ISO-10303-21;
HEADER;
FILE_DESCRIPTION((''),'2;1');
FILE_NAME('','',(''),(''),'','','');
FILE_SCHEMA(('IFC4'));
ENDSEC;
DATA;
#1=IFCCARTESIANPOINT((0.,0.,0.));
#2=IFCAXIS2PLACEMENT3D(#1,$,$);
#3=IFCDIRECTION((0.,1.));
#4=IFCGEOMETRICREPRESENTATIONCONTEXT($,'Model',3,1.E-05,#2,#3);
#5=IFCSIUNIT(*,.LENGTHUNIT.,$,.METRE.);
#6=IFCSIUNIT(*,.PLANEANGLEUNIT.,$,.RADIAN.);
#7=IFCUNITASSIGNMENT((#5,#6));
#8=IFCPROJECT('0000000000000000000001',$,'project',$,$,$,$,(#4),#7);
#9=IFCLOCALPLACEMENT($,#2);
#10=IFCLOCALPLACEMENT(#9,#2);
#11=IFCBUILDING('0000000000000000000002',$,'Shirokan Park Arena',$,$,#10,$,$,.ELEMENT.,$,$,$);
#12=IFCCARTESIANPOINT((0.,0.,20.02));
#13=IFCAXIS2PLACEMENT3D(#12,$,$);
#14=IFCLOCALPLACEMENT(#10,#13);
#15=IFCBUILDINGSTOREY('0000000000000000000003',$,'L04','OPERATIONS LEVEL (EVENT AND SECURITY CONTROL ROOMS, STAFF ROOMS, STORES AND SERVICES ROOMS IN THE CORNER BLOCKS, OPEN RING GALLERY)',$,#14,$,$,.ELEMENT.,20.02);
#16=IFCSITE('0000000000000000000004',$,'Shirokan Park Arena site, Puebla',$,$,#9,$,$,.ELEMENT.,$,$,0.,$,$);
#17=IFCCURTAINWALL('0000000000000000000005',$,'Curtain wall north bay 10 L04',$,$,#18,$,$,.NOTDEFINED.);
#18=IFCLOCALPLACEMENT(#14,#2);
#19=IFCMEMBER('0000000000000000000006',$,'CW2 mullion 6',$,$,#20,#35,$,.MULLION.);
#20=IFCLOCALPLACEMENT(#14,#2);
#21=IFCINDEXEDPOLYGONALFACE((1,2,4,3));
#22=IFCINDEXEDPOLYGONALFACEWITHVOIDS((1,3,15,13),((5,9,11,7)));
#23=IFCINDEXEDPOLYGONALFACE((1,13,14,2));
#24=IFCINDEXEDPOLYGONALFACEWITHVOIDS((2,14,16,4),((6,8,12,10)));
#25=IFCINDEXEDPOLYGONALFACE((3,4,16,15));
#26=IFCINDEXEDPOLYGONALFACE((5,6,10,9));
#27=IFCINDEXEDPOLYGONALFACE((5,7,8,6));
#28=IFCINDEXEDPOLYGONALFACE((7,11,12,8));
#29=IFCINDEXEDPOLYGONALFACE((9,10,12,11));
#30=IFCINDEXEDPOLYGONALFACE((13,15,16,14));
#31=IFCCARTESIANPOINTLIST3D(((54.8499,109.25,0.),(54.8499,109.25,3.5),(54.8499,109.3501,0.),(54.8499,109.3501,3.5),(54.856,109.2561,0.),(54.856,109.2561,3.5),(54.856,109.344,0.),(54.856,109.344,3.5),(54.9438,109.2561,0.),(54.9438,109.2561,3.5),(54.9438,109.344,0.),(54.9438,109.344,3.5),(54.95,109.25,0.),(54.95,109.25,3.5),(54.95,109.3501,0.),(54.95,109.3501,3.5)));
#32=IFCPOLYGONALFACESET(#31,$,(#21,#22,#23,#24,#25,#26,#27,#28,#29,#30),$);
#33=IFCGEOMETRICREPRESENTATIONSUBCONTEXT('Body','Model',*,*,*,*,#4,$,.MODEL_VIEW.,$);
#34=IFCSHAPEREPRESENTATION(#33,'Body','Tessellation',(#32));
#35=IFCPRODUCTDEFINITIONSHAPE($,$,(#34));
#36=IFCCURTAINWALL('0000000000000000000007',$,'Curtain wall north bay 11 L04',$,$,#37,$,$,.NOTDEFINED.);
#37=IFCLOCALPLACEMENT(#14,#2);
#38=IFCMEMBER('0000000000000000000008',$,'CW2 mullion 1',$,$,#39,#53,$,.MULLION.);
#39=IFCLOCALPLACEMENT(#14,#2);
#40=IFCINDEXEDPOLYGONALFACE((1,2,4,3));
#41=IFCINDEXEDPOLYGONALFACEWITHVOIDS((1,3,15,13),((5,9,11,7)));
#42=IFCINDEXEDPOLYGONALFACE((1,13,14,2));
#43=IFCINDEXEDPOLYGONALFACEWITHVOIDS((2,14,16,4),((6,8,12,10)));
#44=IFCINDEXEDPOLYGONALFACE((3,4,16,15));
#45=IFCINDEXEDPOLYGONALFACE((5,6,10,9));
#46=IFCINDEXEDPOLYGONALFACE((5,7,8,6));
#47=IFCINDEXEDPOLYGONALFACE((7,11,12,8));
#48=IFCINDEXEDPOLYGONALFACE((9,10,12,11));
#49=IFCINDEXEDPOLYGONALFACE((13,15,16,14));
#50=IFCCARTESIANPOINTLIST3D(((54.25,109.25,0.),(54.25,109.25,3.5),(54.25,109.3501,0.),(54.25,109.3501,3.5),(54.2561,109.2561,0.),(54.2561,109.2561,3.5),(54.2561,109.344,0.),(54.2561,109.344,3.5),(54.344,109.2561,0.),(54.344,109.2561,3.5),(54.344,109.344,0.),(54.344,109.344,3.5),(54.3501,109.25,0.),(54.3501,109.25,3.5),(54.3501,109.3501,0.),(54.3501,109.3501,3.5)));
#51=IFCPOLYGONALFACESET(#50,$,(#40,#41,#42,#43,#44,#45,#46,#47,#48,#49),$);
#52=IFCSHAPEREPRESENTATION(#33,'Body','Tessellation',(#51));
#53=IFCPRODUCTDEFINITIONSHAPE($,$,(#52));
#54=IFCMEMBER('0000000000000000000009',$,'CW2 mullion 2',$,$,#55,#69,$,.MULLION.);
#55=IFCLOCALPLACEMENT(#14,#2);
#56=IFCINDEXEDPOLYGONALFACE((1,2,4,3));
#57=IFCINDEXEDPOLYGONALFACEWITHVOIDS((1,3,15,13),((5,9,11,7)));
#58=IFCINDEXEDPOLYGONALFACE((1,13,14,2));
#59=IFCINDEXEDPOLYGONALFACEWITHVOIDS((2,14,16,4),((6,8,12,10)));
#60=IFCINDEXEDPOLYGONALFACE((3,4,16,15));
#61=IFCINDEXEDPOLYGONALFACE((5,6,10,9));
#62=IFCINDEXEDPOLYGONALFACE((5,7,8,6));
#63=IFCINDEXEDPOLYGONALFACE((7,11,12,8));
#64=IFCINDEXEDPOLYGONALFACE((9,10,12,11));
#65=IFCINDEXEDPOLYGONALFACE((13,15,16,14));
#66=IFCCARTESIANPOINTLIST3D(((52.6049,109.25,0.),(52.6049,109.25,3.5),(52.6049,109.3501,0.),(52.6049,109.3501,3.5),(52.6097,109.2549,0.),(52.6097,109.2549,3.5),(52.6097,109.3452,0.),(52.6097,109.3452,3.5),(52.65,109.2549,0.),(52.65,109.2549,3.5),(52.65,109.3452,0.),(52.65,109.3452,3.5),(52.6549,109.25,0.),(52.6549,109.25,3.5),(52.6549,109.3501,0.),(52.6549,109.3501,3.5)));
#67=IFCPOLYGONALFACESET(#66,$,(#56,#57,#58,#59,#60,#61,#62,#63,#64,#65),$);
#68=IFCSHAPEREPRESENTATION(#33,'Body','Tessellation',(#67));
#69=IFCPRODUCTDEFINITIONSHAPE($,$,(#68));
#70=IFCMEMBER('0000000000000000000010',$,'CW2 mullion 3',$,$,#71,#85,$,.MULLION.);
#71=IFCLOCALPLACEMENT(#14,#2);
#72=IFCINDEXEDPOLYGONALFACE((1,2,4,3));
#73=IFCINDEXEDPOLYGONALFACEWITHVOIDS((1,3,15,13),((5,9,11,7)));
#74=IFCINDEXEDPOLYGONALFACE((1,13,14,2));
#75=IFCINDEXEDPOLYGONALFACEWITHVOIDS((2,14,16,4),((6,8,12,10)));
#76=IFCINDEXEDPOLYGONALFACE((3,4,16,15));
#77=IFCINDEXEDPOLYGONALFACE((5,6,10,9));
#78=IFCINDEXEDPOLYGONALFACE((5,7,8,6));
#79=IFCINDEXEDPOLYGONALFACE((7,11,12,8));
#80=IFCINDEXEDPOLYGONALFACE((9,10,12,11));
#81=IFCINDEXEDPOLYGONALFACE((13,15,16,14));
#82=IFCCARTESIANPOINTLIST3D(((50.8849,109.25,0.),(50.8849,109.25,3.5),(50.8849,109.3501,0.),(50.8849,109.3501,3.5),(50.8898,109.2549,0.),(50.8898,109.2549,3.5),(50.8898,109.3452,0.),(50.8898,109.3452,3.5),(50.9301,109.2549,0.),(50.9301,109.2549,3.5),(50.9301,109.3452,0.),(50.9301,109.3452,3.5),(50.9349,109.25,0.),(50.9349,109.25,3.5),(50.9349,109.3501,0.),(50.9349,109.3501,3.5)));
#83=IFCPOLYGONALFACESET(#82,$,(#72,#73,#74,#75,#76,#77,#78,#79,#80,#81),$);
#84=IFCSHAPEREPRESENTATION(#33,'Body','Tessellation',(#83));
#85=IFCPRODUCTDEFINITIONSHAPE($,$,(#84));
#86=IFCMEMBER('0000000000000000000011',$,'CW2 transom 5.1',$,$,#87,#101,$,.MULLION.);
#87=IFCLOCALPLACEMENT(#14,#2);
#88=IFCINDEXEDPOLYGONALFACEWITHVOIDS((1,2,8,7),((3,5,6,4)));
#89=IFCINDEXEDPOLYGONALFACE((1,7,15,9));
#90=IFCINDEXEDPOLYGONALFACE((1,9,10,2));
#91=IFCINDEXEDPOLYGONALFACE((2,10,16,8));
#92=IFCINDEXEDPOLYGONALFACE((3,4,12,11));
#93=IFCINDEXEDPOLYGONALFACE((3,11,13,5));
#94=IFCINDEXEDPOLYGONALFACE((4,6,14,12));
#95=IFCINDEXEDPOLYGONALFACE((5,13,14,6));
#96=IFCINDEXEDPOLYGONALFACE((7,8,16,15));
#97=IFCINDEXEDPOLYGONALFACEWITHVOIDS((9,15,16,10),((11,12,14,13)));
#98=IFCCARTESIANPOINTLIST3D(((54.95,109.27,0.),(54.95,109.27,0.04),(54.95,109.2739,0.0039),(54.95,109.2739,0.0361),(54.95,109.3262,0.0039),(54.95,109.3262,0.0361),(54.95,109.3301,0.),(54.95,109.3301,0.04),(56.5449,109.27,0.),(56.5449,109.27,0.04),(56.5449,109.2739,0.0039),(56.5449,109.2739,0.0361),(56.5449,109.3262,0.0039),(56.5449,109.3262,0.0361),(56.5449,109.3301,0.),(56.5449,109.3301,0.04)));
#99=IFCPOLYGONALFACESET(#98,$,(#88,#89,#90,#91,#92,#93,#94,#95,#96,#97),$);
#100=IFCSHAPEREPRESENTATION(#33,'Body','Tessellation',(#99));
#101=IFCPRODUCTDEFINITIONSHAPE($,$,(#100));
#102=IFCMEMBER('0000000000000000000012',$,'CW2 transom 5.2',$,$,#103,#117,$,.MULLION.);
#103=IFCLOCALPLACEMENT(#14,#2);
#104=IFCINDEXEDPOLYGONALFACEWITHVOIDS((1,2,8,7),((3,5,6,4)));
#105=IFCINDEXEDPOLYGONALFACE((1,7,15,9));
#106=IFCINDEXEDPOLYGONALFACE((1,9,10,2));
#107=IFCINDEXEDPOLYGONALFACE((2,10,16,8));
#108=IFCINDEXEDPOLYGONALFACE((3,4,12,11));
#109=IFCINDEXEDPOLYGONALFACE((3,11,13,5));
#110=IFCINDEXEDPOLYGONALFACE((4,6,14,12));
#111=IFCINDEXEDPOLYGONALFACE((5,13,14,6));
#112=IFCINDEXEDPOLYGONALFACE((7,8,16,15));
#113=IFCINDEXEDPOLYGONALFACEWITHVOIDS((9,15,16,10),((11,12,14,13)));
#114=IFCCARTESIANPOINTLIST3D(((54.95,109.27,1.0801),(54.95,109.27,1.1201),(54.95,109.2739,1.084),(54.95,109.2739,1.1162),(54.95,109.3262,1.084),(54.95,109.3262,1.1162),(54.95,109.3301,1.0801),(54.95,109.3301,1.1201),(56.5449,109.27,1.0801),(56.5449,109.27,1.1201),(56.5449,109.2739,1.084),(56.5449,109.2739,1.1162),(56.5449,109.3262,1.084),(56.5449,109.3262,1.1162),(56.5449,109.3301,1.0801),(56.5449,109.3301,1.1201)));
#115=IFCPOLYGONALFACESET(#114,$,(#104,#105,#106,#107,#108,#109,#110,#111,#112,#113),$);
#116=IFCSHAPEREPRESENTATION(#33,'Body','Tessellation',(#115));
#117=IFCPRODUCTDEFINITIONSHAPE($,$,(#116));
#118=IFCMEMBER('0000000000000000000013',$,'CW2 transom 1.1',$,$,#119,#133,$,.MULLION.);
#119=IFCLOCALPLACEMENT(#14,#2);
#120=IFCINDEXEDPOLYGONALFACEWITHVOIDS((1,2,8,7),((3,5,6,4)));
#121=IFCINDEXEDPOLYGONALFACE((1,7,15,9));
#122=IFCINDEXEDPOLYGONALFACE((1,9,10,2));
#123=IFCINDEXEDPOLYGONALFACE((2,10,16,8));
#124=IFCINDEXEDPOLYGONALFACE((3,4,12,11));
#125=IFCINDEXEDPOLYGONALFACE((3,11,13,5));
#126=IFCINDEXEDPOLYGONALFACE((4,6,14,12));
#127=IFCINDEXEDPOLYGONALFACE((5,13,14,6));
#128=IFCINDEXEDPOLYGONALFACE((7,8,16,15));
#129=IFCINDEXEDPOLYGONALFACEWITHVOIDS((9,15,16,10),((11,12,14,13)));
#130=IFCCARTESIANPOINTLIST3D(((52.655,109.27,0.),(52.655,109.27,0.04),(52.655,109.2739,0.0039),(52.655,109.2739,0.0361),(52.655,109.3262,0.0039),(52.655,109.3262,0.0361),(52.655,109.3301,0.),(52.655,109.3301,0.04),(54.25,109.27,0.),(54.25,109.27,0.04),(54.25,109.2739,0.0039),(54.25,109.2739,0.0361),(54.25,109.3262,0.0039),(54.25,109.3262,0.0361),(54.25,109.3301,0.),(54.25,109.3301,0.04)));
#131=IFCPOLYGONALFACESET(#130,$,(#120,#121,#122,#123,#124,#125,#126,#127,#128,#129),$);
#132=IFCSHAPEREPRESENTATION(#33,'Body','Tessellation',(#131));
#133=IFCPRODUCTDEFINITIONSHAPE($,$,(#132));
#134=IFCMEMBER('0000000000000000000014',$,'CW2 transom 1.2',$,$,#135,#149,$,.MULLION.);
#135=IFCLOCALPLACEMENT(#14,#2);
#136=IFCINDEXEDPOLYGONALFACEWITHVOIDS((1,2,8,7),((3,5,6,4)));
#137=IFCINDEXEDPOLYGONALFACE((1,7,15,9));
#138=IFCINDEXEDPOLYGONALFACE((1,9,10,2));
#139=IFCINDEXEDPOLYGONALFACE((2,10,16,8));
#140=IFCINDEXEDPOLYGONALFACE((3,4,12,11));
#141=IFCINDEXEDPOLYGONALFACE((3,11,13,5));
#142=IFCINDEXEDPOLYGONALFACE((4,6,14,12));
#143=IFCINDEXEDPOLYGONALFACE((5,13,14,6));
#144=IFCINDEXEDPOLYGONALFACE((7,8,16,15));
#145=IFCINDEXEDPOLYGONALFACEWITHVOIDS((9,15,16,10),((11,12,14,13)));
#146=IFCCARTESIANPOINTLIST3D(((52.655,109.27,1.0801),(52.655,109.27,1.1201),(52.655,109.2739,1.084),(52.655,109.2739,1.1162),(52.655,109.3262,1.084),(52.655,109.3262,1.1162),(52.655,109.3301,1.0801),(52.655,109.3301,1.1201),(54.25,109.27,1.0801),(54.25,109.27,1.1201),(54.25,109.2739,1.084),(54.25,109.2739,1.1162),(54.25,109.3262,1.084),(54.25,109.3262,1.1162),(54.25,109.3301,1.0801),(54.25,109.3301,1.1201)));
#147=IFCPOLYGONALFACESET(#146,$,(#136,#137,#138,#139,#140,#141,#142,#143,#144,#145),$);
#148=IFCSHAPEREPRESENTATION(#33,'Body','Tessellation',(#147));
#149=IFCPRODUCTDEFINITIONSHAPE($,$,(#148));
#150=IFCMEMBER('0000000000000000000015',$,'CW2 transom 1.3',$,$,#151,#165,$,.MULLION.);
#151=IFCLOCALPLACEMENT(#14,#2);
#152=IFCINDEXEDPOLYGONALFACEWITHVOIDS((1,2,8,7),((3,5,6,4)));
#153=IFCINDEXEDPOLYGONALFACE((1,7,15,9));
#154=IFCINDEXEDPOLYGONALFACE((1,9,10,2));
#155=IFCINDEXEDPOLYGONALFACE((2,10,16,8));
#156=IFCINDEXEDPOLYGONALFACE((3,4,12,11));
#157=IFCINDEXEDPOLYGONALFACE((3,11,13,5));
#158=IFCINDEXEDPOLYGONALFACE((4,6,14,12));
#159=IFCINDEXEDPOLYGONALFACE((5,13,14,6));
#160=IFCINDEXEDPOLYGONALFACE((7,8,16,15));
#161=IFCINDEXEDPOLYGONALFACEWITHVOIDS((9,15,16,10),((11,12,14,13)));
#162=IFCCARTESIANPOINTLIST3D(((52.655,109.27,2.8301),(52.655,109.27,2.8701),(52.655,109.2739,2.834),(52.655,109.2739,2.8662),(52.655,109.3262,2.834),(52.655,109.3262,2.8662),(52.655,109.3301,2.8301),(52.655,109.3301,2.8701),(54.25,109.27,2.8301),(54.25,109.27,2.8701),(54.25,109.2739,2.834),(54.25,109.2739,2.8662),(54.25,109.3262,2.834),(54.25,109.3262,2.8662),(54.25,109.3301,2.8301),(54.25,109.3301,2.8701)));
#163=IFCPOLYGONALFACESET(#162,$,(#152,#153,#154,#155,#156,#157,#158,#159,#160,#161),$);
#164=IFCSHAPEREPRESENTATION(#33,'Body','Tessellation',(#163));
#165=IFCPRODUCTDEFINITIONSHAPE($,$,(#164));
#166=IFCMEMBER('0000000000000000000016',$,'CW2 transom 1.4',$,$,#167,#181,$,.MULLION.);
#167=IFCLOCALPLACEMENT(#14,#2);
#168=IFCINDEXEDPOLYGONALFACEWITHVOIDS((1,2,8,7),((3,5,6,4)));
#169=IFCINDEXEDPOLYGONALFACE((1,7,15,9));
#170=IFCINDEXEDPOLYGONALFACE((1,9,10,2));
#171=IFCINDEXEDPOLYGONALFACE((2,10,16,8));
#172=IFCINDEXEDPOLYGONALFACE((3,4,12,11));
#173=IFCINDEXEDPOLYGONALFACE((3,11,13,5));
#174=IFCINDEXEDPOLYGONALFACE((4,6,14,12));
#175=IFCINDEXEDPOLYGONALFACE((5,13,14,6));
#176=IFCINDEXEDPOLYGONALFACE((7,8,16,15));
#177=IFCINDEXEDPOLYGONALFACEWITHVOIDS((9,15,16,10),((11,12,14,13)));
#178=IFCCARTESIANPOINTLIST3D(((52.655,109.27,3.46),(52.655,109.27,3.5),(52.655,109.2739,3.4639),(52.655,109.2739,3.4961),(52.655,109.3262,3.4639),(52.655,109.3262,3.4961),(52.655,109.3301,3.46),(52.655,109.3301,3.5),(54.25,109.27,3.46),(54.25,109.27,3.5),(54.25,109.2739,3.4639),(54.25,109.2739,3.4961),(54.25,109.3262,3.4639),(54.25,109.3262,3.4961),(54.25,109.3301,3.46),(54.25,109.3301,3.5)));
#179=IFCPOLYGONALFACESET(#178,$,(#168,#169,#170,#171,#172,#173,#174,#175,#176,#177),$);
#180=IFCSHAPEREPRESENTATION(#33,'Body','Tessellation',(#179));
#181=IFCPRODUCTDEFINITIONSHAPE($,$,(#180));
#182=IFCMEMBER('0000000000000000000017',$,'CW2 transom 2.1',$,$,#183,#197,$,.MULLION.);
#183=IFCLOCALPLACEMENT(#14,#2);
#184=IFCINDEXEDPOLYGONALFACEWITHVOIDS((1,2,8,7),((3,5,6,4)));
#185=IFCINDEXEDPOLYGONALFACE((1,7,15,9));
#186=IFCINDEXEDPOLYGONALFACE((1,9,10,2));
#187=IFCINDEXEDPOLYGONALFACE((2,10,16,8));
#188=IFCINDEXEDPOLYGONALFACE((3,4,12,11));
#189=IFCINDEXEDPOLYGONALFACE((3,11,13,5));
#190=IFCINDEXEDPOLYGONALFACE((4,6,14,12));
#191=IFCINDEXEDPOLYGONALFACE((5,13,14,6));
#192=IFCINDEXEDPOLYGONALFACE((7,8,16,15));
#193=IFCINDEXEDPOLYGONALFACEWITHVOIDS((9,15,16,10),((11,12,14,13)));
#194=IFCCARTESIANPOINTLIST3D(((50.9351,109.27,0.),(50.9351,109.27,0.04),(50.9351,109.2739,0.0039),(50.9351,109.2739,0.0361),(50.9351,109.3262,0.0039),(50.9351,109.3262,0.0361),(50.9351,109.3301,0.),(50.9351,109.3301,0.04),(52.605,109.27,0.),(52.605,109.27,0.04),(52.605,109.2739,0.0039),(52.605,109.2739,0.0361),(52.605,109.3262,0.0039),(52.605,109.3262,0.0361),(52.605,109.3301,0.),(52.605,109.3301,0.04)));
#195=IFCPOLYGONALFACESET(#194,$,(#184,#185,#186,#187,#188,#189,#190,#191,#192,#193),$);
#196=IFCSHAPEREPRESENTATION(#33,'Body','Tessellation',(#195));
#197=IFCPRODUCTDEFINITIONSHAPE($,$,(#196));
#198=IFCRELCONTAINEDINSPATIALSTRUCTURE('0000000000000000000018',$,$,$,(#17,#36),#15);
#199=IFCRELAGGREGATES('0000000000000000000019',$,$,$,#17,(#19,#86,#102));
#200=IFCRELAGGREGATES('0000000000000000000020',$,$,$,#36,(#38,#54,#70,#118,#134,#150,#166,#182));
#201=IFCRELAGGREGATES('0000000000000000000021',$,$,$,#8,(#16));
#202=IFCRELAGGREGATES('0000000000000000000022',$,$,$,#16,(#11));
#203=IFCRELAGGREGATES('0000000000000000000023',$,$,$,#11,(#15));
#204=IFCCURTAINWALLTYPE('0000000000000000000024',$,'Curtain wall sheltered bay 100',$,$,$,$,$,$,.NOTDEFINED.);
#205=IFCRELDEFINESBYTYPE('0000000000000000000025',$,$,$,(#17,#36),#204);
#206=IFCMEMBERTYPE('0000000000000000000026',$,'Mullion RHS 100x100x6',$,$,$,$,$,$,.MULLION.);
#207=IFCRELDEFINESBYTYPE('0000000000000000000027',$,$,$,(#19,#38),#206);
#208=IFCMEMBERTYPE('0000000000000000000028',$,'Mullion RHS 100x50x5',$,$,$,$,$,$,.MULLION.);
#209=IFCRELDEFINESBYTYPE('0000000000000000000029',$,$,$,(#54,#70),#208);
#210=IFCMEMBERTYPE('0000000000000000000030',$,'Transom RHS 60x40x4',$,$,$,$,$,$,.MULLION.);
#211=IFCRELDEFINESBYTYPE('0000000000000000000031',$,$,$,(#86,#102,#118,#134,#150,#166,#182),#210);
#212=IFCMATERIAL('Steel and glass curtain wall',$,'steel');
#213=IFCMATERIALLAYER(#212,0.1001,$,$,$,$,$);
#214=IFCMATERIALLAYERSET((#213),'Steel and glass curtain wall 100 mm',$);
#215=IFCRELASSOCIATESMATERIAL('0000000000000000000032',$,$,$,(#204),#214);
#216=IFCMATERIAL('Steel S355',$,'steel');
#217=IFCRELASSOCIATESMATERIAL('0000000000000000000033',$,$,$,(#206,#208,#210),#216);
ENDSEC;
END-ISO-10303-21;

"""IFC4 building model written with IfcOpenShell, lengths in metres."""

from ifc_helpers import new_model, si_unit, direction, frame, origin, origin_2d, place, context, subcontext, project, spatial, hollow_rectangle, extrude, material, layer, layer_set, material_profile, profile_set, type_object, element, aggregate, save


model = new_model("IFC4")

# Units and contexts
model_context = context("Model", 3, precision=1e-05, world=origin(), true_north=direction((0.0, 1.0)))
body_context = subcontext(model_context, "Body", "Model", "MODEL_VIEW")
ifc_project = project(units=[si_unit("LENGTHUNIT", "METRE"), si_unit("PLANEANGLEUNIT", "RADIAN")], contexts=[model_context])

# Site, building, storey
site_placement = place(None, origin())
site = spatial("IfcSite", under=ifc_project, at=site_placement, Name="Shirokan Park Arena site, Puebla", CompositionType="ELEMENT", RefElevation=0.0)
building_placement = place(site_placement, origin())
building = spatial("IfcBuilding", under=site, at=building_placement, Name="Shirokan Park Arena", CompositionType="ELEMENT")
storey_placement = place(building_placement, frame((0.0, 0.0, 20.02)))
storey = spatial("IfcBuildingStorey", under=building, at=storey_placement, Name="L04", Description="OPERATIONS LEVEL (EVENT AND SECURITY CONTROL ROOMS, STAFF ROOMS, STORES AND SERVICES ROOMS IN THE CORNER BLOCKS, OPEN RING GALLERY)", CompositionType="ELEMENT", Elevation=20.02)

# Curtain wall, member
ifc_material_1 = material(Name="Steel and glass curtain wall", Category="steel")
ifc_layer_1 = layer(ifc_material_1, 0.1001)
ifc_layer_set_1 = layer_set([ifc_layer_1], Name="Steel and glass curtain wall 100 mm")
curtain_wall_type = type_object("IfcCurtainWallType", Name="Curtain wall sheltered bay 100", PredefinedType="NOTDEFINED", material=ifc_layer_set_1)
curtain_wall_1_placement = place(storey_placement, origin())
curtain_wall_1 = element("IfcCurtainWall", 1, at=curtain_wall_1_placement, inside=storey, type_object=curtain_wall_type, Name="Curtain wall north bay 10 L04", PredefinedType="NOTDEFINED")
ifc_material_2 = material(Name="Steel S355", Category="steel")
ifc_material_profile_1 = material_profile(ifc_material_2, hollow_rectangle(XDim=0.1001, YDim=0.1001, WallThickness=0.0061, at=origin_2d()), Name="RHS 100x100x6")
ifc_profile_set_1 = profile_set([ifc_material_profile_1], Name="Steel S355")
member_type_1 = type_object("IfcMemberType", Name="Mullion RHS 100x100x6", PredefinedType="MULLION", material=ifc_profile_set_1)
member_1_placement = place(storey_placement, frame((54.8999, 109.3, 0.0), z_axis=(0.0, 0.0, 1.0), x_axis=(0.0, -1.0, 0.0)))
member_1 = element("IfcMember", 2, at=member_1_placement, type_object=member_type_1, Name="CW2 mullion 6", PredefinedType="MULLION", context=body_context, shape_type="SweptSolid", body=[
    extrude(hollow_rectangle(XDim=0.1001, YDim=0.1001, WallThickness=0.0061, at=origin_2d()), origin(), (0.0, 0.0, 1.0), 3.5),
])

# Curtain wall, members
curtain_wall_2_placement = place(storey_placement, origin())
curtain_wall_2 = element("IfcCurtainWall", 3, at=curtain_wall_2_placement, inside=storey, type_object=curtain_wall_type, Name="Curtain wall north bay 11 L04", PredefinedType="NOTDEFINED")
member_2_placement = place(storey_placement, frame((54.3, 109.3, 0.0), z_axis=(0.0, 0.0, 1.0), x_axis=(0.0, -1.0, 0.0)))
member_2 = element("IfcMember", 4, at=member_2_placement, type_object=member_type_1, Name="CW2 mullion 1", PredefinedType="MULLION", context=body_context, shape_type="SweptSolid", body=[
    extrude(hollow_rectangle(XDim=0.1001, YDim=0.1001, WallThickness=0.0061, at=origin_2d()), origin(), (0.0, 0.0, 1.0), 3.5),
])
ifc_material_profile_2 = material_profile(ifc_material_2, hollow_rectangle(XDim=0.1001, YDim=0.05, WallThickness=0.0049, at=origin_2d()), Name="RHS 100x50x5")
ifc_profile_set_2 = profile_set([ifc_material_profile_2], Name="Steel S355")
member_type_2 = type_object("IfcMemberType", Name="Mullion RHS 100x50x5", PredefinedType="MULLION", material=ifc_profile_set_2)
member_3_placement = place(storey_placement, frame((52.6299, 109.3, 0.0), z_axis=(0.0, 0.0, 1.0), x_axis=(0.0, -1.0, 0.0)))
member_3 = element("IfcMember", 5, at=member_3_placement, type_object=member_type_2, Name="CW2 mullion 2", PredefinedType="MULLION", context=body_context, shape_type="SweptSolid", body=[
    extrude(hollow_rectangle(XDim=0.1001, YDim=0.05, WallThickness=0.0049, at=origin_2d()), origin(), (0.0, 0.0, 1.0), 3.5),
])
member_4_placement = place(storey_placement, frame((50.9099, 109.3, 0.0), z_axis=(0.0, 0.0, 1.0), x_axis=(0.0, -1.0, 0.0)))
member_4 = element("IfcMember", 6, at=member_4_placement, type_object=member_type_2, Name="CW2 mullion 3", PredefinedType="MULLION", context=body_context, shape_type="SweptSolid", body=[
    extrude(hollow_rectangle(XDim=0.1001, YDim=0.05, WallThickness=0.0049, at=origin_2d()), origin(), (0.0, 0.0, 1.0), 3.5),
])

# Members
ifc_material_profile_3 = material_profile(ifc_material_2, hollow_rectangle(XDim=0.0601, YDim=0.04, WallThickness=0.0039, at=origin_2d()), Name="RHS 60x40x4")
ifc_profile_set_3 = profile_set([ifc_material_profile_3], Name="Steel S355")
member_type_3 = type_object("IfcMemberType", Name="Transom RHS 60x40x4", PredefinedType="MULLION", material=ifc_profile_set_3)
member_5_placement = place(storey_placement, frame((56.5449, 109.3, 0.02), z_axis=(-1.0, 0.0, 0.0), x_axis=(0.0, -1.0, 0.0)))
member_5 = element("IfcMember", 7, at=member_5_placement, type_object=member_type_3, Name="CW2 transom 5.1", PredefinedType="MULLION", context=body_context, shape_type="SweptSolid", body=[
    extrude(hollow_rectangle(XDim=0.0601, YDim=0.04, WallThickness=0.0039, at=origin_2d()), origin(), (0.0, 0.0, 1.0), 1.595),
])
member_6_placement = place(storey_placement, frame((56.5449, 109.3, 1.1001), z_axis=(-1.0, 0.0, 0.0), x_axis=(0.0, -1.0, 0.0)))
member_6 = element("IfcMember", 8, at=member_6_placement, type_object=member_type_3, Name="CW2 transom 5.2", PredefinedType="MULLION", context=body_context, shape_type="SweptSolid", body=[
    extrude(hollow_rectangle(XDim=0.0601, YDim=0.04, WallThickness=0.0039, at=origin_2d()), origin(), (0.0, 0.0, 1.0), 1.595),
])
member_7_placement = place(storey_placement, frame((54.25, 109.3, 0.02), z_axis=(-1.0, 0.0, 0.0), x_axis=(0.0, -1.0, 0.0)))
member_7 = element("IfcMember", 9, at=member_7_placement, type_object=member_type_3, Name="CW2 transom 1.1", PredefinedType="MULLION", context=body_context, shape_type="SweptSolid", body=[
    extrude(hollow_rectangle(XDim=0.0601, YDim=0.04, WallThickness=0.0039, at=origin_2d()), origin(), (0.0, 0.0, 1.0), 1.595),
])
member_8_placement = place(storey_placement, frame((54.25, 109.3, 1.1001), z_axis=(-1.0, 0.0, 0.0), x_axis=(0.0, -1.0, 0.0)))
member_8 = element("IfcMember", 10, at=member_8_placement, type_object=member_type_3, Name="CW2 transom 1.2", PredefinedType="MULLION", context=body_context, shape_type="SweptSolid", body=[
    extrude(hollow_rectangle(XDim=0.0601, YDim=0.04, WallThickness=0.0039, at=origin_2d()), origin(), (0.0, 0.0, 1.0), 1.595),
])
member_9_placement = place(storey_placement, frame((54.25, 109.3, 2.8501), z_axis=(-1.0, 0.0, 0.0), x_axis=(0.0, -1.0, 0.0)))
member_9 = element("IfcMember", 11, at=member_9_placement, type_object=member_type_3, Name="CW2 transom 1.3", PredefinedType="MULLION", context=body_context, shape_type="SweptSolid", body=[
    extrude(hollow_rectangle(XDim=0.0601, YDim=0.04, WallThickness=0.0039, at=origin_2d()), origin(), (0.0, 0.0, 1.0), 1.595),
])
member_10_placement = place(storey_placement, frame((54.25, 109.3, 3.48), z_axis=(-1.0, 0.0, 0.0), x_axis=(0.0, -1.0, 0.0)))
member_10 = element("IfcMember", 12, at=member_10_placement, type_object=member_type_3, Name="CW2 transom 1.4", PredefinedType="MULLION", context=body_context, shape_type="SweptSolid", body=[
    extrude(hollow_rectangle(XDim=0.0601, YDim=0.04, WallThickness=0.0039, at=origin_2d()), origin(), (0.0, 0.0, 1.0), 1.595),
])
member_11_placement = place(storey_placement, frame((52.605, 109.3, 0.02), z_axis=(-1.0, 0.0, 0.0), x_axis=(0.0, -1.0, 0.0)))
member_11 = element("IfcMember", 13, at=member_11_placement, type_object=member_type_3, Name="CW2 transom 2.1", PredefinedType="MULLION", context=body_context, shape_type="SweptSolid", body=[
    extrude(hollow_rectangle(XDim=0.0601, YDim=0.04, WallThickness=0.0039, at=origin_2d()), origin(), (0.0, 0.0, 1.0), 1.6699),
])

aggregate(curtain_wall_1, [member_1, member_5, member_6])
aggregate(curtain_wall_2, [member_2, member_3, member_4, member_7, member_8, member_9, member_10, member_11])

save(model, "model.ifc")
